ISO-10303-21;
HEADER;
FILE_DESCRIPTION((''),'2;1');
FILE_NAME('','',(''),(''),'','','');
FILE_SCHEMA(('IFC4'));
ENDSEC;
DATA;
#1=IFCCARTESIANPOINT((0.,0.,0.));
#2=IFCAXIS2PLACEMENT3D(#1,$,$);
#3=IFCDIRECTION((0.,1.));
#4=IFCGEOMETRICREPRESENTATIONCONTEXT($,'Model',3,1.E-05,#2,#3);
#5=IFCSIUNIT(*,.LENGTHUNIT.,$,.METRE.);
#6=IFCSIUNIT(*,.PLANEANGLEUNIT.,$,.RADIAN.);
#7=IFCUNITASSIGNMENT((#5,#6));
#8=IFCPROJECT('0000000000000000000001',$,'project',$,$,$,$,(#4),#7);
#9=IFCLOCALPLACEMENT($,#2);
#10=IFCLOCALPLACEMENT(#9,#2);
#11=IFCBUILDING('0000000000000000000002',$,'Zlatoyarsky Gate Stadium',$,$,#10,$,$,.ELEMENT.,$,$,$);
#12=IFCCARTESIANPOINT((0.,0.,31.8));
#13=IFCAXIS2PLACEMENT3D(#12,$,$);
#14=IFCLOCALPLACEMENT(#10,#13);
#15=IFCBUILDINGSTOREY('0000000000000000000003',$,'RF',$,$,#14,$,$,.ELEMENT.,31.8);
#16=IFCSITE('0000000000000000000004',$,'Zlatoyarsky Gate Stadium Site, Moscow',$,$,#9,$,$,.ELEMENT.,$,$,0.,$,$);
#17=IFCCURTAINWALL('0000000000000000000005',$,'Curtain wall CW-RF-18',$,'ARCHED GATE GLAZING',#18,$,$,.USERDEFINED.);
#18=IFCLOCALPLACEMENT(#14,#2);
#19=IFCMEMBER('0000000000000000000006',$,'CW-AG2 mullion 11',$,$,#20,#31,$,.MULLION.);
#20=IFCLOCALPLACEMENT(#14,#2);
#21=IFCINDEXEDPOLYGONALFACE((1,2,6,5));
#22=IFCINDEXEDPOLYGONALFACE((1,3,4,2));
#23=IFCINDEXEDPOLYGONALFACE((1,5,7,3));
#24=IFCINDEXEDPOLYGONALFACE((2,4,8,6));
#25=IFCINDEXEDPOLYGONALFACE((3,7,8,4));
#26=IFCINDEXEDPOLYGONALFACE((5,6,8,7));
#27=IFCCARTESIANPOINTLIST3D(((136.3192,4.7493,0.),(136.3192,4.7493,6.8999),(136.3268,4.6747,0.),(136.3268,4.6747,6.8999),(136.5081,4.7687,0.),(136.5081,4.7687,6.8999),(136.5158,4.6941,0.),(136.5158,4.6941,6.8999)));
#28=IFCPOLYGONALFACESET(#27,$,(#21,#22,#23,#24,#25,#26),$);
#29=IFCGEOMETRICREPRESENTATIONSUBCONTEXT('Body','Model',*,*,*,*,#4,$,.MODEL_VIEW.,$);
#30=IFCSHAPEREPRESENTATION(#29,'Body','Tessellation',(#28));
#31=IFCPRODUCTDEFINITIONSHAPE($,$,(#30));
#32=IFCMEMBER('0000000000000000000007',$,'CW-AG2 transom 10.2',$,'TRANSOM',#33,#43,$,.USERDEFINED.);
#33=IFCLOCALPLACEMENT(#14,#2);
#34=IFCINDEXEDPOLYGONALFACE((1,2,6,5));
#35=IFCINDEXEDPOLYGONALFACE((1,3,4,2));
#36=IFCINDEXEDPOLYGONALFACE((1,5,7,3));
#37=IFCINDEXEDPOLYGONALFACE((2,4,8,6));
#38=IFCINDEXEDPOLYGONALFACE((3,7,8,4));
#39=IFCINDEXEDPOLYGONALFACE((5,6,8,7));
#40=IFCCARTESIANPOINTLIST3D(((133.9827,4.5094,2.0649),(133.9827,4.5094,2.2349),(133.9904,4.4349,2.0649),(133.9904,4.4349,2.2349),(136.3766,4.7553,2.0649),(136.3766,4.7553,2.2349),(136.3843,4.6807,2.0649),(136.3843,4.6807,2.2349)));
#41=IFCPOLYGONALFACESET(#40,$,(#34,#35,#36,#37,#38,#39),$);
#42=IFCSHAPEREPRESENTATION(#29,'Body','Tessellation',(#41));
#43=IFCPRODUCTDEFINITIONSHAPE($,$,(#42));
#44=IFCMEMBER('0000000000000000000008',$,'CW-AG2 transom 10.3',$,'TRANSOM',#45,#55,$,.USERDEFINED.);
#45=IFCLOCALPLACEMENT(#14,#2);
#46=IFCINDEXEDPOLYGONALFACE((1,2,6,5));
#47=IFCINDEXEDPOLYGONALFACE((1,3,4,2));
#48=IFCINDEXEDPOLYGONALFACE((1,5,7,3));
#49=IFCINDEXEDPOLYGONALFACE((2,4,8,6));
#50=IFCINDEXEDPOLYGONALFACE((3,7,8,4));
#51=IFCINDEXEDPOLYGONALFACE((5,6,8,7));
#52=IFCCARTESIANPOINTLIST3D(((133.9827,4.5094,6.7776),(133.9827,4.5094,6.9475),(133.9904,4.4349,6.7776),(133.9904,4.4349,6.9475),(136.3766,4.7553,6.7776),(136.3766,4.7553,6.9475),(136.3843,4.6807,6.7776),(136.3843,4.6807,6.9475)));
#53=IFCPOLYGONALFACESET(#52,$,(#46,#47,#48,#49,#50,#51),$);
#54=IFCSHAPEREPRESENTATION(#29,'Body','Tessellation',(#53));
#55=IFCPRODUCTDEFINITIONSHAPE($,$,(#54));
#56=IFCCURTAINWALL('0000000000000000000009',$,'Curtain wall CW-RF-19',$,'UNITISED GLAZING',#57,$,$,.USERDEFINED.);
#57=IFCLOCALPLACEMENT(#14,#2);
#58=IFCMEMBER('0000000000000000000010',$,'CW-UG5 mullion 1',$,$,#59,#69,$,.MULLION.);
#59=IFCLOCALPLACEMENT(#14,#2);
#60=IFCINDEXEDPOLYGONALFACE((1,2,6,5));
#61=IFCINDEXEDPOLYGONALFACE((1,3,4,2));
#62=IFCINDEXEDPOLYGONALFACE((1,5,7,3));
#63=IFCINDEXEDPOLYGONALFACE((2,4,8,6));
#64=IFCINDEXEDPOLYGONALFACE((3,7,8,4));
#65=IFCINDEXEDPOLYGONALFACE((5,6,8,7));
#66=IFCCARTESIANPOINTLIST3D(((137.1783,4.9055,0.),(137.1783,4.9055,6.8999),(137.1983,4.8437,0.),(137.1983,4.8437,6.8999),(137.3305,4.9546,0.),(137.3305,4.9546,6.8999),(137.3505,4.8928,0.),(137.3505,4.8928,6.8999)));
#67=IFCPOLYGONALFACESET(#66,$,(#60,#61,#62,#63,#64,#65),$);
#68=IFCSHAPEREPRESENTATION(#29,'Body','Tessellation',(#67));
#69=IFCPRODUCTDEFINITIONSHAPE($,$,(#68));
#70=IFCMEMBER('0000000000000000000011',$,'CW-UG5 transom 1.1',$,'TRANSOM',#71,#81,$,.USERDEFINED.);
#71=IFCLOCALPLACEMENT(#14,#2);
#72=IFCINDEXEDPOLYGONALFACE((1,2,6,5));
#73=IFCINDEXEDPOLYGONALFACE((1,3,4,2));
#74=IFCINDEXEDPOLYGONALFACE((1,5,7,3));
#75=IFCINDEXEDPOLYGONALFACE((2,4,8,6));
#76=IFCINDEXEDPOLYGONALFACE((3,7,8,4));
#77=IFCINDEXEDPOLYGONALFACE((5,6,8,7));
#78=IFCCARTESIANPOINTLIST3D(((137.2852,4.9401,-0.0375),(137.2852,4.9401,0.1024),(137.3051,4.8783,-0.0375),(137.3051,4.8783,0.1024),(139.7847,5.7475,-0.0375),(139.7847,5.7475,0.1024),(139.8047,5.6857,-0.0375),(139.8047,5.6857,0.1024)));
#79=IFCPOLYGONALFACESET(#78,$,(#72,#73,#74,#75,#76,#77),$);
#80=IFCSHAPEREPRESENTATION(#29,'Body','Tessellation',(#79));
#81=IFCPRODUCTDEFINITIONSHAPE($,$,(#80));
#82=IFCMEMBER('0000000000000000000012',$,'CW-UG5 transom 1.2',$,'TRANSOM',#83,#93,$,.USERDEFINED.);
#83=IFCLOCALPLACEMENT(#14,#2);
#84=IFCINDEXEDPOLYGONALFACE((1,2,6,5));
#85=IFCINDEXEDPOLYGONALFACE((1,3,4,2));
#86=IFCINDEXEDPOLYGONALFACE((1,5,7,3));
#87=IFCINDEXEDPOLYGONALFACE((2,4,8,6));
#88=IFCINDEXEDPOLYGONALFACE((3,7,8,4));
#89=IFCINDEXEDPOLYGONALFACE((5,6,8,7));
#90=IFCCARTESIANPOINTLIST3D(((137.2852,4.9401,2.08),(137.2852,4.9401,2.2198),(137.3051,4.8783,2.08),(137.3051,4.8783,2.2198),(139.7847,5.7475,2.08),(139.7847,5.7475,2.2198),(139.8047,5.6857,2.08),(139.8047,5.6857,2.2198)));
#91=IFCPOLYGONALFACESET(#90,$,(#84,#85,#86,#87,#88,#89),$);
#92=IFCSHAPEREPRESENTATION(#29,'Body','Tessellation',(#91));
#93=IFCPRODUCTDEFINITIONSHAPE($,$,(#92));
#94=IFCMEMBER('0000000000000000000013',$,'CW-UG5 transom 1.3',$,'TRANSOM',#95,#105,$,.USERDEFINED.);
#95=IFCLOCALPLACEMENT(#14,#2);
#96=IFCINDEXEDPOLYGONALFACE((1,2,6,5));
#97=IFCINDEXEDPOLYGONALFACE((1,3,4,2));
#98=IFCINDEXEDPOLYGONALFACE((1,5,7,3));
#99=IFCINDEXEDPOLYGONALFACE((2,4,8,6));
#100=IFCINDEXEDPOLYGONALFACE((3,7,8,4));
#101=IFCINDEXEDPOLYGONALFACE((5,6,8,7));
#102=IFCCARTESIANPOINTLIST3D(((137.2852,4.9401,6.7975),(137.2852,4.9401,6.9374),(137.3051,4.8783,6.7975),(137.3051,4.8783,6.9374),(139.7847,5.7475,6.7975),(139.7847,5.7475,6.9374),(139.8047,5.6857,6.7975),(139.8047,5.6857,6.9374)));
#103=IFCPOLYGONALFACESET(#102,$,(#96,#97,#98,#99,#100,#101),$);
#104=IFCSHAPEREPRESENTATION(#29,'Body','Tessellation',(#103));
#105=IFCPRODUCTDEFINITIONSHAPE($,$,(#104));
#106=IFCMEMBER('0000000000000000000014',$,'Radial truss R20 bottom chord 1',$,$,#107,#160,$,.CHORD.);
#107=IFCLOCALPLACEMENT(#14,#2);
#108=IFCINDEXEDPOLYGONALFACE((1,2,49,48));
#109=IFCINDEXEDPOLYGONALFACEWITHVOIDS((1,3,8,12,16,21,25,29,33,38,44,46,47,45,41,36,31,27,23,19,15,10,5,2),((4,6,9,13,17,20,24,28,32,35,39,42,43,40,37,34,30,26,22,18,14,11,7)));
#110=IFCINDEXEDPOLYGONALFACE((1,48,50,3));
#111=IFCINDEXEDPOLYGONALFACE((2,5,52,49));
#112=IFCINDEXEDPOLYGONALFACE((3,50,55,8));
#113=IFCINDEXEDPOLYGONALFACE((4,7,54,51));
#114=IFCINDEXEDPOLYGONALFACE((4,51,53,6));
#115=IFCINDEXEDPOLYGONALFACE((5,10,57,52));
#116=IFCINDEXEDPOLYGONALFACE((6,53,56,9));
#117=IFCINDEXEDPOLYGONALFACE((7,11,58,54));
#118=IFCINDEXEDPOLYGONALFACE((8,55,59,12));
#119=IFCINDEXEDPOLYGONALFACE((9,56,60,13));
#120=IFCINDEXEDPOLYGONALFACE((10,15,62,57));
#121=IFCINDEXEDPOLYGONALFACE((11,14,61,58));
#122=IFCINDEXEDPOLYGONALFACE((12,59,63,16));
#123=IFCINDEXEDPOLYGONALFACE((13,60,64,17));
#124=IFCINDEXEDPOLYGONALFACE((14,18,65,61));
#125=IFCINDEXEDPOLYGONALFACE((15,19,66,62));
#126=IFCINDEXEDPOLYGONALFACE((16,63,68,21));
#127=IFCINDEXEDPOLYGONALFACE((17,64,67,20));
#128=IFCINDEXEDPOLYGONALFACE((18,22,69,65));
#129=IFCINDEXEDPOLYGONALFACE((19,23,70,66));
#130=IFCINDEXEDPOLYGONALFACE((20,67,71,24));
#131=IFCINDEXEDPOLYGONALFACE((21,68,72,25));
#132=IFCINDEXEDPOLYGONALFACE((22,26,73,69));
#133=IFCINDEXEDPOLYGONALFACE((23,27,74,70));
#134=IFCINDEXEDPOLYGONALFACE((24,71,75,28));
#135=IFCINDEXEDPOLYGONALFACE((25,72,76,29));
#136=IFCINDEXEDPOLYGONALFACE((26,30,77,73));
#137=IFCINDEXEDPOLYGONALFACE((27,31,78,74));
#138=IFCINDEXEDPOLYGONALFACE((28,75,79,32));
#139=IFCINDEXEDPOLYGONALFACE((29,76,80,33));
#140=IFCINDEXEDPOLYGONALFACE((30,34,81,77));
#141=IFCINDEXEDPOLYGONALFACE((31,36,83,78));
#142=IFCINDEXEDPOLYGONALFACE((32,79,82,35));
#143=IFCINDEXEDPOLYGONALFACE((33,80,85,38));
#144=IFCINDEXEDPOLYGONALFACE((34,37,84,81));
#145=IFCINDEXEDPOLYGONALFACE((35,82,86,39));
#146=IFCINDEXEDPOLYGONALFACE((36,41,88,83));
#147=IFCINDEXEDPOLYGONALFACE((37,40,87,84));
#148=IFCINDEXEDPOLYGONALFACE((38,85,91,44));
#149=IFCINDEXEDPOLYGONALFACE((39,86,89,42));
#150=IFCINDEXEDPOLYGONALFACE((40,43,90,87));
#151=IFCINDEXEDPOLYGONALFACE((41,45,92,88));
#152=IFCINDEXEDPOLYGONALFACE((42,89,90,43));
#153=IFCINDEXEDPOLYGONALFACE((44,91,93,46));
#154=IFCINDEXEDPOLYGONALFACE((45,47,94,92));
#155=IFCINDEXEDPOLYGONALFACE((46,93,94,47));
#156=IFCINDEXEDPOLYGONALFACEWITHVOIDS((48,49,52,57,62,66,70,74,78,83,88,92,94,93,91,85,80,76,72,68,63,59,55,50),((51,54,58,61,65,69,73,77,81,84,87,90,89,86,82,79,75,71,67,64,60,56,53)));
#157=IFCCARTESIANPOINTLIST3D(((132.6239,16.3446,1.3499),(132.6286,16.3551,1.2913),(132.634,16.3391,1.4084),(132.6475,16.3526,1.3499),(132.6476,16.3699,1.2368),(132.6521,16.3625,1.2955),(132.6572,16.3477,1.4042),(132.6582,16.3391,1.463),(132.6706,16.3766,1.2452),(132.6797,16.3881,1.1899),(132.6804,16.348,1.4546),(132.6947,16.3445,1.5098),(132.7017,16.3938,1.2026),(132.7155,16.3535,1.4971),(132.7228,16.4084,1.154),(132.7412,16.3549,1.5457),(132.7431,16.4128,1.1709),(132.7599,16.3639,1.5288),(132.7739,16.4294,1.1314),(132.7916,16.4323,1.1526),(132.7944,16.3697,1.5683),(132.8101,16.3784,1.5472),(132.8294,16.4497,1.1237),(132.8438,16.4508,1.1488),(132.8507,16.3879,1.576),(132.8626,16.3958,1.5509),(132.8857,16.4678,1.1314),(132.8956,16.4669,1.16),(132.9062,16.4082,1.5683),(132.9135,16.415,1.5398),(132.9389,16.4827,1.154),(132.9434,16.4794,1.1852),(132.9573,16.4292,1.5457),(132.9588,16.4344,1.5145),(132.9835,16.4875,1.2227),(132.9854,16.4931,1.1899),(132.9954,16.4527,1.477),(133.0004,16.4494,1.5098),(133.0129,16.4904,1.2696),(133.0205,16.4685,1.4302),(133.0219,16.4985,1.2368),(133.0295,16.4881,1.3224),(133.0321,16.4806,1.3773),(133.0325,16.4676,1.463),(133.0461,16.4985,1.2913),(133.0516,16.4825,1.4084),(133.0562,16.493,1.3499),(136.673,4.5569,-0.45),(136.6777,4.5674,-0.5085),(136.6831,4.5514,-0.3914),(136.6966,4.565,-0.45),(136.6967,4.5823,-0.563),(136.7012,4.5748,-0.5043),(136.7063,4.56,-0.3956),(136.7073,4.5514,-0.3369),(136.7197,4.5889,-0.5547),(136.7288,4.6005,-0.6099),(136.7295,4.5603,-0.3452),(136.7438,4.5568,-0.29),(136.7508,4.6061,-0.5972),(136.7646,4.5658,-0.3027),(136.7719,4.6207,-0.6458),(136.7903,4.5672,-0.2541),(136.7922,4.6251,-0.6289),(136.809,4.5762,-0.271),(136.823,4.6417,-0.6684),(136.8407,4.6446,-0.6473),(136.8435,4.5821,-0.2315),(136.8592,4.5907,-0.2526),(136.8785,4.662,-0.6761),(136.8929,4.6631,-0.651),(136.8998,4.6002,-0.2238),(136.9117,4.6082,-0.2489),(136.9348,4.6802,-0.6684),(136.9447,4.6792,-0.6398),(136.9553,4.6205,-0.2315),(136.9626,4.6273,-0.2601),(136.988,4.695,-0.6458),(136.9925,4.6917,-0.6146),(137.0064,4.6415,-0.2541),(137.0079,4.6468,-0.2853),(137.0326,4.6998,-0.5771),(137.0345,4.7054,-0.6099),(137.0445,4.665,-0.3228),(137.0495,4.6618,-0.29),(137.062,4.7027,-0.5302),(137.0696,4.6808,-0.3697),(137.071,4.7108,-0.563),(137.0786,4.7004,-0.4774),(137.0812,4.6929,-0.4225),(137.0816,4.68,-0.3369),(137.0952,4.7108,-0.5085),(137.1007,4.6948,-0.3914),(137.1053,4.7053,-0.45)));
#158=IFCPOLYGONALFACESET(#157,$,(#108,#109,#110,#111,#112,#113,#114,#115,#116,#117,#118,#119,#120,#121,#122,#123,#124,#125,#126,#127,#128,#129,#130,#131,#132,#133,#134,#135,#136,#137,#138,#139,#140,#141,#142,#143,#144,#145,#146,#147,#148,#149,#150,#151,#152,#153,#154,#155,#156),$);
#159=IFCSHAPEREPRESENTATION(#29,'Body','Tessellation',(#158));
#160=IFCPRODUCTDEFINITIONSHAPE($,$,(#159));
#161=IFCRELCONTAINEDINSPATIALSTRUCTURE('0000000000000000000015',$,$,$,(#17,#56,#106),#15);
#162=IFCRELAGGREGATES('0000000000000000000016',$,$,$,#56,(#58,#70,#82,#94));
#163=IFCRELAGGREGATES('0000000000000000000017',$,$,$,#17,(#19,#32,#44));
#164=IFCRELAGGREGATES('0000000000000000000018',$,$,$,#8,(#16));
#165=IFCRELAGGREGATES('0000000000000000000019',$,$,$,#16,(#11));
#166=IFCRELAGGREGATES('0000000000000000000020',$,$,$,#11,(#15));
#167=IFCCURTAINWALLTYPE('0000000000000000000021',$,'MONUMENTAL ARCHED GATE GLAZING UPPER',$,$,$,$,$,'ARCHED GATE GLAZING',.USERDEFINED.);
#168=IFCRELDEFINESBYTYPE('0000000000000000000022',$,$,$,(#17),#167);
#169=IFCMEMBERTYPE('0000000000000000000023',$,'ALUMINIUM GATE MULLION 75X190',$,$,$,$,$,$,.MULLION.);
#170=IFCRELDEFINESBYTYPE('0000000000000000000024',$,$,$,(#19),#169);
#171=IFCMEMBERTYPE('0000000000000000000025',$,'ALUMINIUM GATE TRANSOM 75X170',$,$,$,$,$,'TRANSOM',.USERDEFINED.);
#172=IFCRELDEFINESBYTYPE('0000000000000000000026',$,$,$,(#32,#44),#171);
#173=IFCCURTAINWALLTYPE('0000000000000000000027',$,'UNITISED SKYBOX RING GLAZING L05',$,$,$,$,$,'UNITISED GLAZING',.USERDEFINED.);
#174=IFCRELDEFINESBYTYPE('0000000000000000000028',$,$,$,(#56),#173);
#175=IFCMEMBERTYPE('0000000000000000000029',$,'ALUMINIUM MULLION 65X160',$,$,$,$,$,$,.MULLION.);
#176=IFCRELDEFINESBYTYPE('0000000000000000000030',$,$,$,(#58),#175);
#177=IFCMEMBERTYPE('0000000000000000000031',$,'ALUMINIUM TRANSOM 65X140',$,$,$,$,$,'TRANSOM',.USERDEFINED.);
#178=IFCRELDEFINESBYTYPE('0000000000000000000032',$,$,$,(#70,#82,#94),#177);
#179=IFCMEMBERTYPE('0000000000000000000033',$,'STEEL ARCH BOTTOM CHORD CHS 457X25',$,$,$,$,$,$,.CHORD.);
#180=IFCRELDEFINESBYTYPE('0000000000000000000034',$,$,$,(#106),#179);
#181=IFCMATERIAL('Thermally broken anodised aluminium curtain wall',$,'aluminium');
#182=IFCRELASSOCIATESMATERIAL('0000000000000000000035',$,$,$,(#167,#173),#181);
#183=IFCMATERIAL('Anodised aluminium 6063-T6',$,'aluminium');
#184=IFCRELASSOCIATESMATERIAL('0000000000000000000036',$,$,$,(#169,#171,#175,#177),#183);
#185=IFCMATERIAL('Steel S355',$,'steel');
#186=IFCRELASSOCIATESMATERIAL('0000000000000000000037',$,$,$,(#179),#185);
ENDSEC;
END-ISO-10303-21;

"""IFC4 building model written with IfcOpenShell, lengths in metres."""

from ifc_helpers import new_model, si_unit, direction, frame, origin, origin_2d, place, context, subcontext, project, spatial, rectangle, hollow_circle, extrude, material, material_profile, profile_set, type_object, element, aggregate, save


model = new_model("IFC4")

# Units and contexts
model_context = context("Model", 3, precision=1e-05, world=origin(), true_north=direction((0.0, 1.0)))
body_context = subcontext(model_context, "Body", "Model", "MODEL_VIEW")
ifc_project = project(units=[si_unit("LENGTHUNIT", "METRE"), si_unit("PLANEANGLEUNIT", "RADIAN")], contexts=[model_context])

# Site, building, storey
site_placement = place(None, origin())
site = spatial("IfcSite", under=ifc_project, at=site_placement, Name="Zlatoyarsky Gate Stadium Site, Moscow", CompositionType="ELEMENT", RefElevation=0.0)
building_placement = place(site_placement, origin())
building = spatial("IfcBuilding", under=site, at=building_placement, Name="Zlatoyarsky Gate Stadium", CompositionType="ELEMENT")
storey_placement = place(building_placement, frame((0.0, 0.0, 31.8)))
storey = spatial("IfcBuildingStorey", under=building, at=storey_placement, Name="RF", CompositionType="ELEMENT", Elevation=31.8)

# Curtain walls, members
ifc_material_1 = material(Name="Thermally broken anodised aluminium curtain wall", Category="aluminium")
curtain_wall_type_1 = type_object("IfcCurtainWallType", Name="MONUMENTAL ARCHED GATE GLAZING UPPER", ElementType="ARCHED GATE GLAZING", PredefinedType="USERDEFINED", material=ifc_material_1)
curtain_wall_1_placement = place(storey_placement, origin())
curtain_wall_1 = element("IfcCurtainWall", 1, at=curtain_wall_1_placement, inside=storey, type_object=curtain_wall_type_1, Name="Curtain wall CW-RF-18", ObjectType="ARCHED GATE GLAZING", PredefinedType="USERDEFINED")
ifc_material_2 = material(Name="Anodised aluminium 6063-T6", Category="aluminium")
ifc_material_profile_1 = material_profile(ifc_material_2, rectangle(XDim=0.075, YDim=0.1899, at=origin_2d()), Name="ALU 75X190")
ifc_profile_set_1 = profile_set([ifc_material_profile_1], Name="Anodised aluminium 6063-T6")
member_type_1 = type_object("IfcMemberType", Name="ALUMINIUM GATE MULLION 75X190", PredefinedType="MULLION", material=ifc_profile_set_1)
member_1_placement = place(storey_placement, frame((136.4175, 4.7217, 0.0), z_axis=(0.0, 0.0, 1.0), x_axis=(-0.102125, 0.994772, 0.0)))
member_1 = element("IfcMember", 2, at=member_1_placement, type_object=member_type_1, Name="CW-AG2 mullion 11", PredefinedType="MULLION", context=body_context, shape_type="SweptSolid", body=[
    extrude(rectangle(XDim=0.075, YDim=0.1899, at=origin_2d()), origin(), (0.0, 0.0, 1.0), 6.8999),
])
ifc_material_profile_2 = material_profile(ifc_material_2, rectangle(XDim=0.075, YDim=0.1699, at=origin_2d()), Name="ALU 75X170")
ifc_profile_set_2 = profile_set([ifc_material_profile_2], Name="Anodised aluminium 6063-T6")
member_type_2 = type_object("IfcMemberType", Name="ALUMINIUM GATE TRANSOM 75X170", ElementType="TRANSOM", PredefinedType="USERDEFINED", material=ifc_profile_set_2)
member_2_placement = place(storey_placement, frame((133.9866, 4.4722, 2.1499), z_axis=(0.994767, 0.102165, 0.0), x_axis=(-0.102165, 0.994767, 0.0)))
member_2 = element("IfcMember", 3, at=member_2_placement, type_object=member_type_2, Name="CW-AG2 transom 10.2", ObjectType="TRANSOM", PredefinedType="USERDEFINED", context=body_context, shape_type="SweptSolid", body=[
    extrude(rectangle(XDim=0.075, YDim=0.1699, at=origin_2d()), origin(), (0.0, 0.0, 1.0), 2.4065),
])
member_3_placement = place(storey_placement, frame((133.9866, 4.4722, 6.8625), z_axis=(0.994767, 0.102165, 0.0), x_axis=(-0.102165, 0.994767, 0.0)))
member_3 = element("IfcMember", 4, at=member_3_placement, type_object=member_type_2, Name="CW-AG2 transom 10.3", ObjectType="TRANSOM", PredefinedType="USERDEFINED", context=body_context, shape_type="SweptSolid", body=[
    extrude(rectangle(XDim=0.075, YDim=0.1699, at=origin_2d()), origin(), (0.0, 0.0, 1.0), 2.4065),
])
curtain_wall_type_2 = type_object("IfcCurtainWallType", Name="UNITISED SKYBOX RING GLAZING L05", ElementType="UNITISED GLAZING", PredefinedType="USERDEFINED", material=ifc_material_1)
curtain_wall_2_placement = place(storey_placement, origin())
curtain_wall_2 = element("IfcCurtainWall", 5, at=curtain_wall_2_placement, inside=storey, type_object=curtain_wall_type_2, Name="Curtain wall CW-RF-19", ObjectType="UNITISED GLAZING", PredefinedType="USERDEFINED")
ifc_material_profile_3 = material_profile(ifc_material_2, rectangle(XDim=0.0649, YDim=0.1599, at=origin_2d()), Name="ALU 65X160")
ifc_profile_set_3 = profile_set([ifc_material_profile_3], Name="Anodised aluminium 6063-T6")
member_type_3 = type_object("IfcMemberType", Name="ALUMINIUM MULLION 65X160", PredefinedType="MULLION", material=ifc_profile_set_3)
member_4_placement = place(storey_placement, frame((137.2644, 4.8992, 0.0), z_axis=(0.0, 0.0, 1.0), x_axis=(-0.307352, 0.951596, 0.0)))
member_4 = element("IfcMember", 6, at=member_4_placement, type_object=member_type_3, Name="CW-UG5 mullion 1", PredefinedType="MULLION", context=body_context, shape_type="SweptSolid", body=[
    extrude(rectangle(XDim=0.0649, YDim=0.1599, at=origin_2d()), origin(), (0.0, 0.0, 1.0), 6.8999),
])
ifc_material_profile_4 = material_profile(ifc_material_2, rectangle(XDim=0.0649, YDim=0.1399, at=origin_2d()), Name="ALU 65X140")
ifc_profile_set_4 = profile_set([ifc_material_profile_4], Name="Anodised aluminium 6063-T6")
member_type_4 = type_object("IfcMemberType", Name="ALUMINIUM TRANSOM 65X140", ElementType="TRANSOM", PredefinedType="USERDEFINED", material=ifc_profile_set_4)
member_5_placement = place(storey_placement, frame((137.2952, 4.9092, 0.0325), z_axis=(0.951589, 0.307375, 0.0), x_axis=(-0.307375, 0.951589, 0.0)))
member_5 = element("IfcMember", 7, at=member_5_placement, type_object=member_type_4, Name="CW-UG5 transom 1.1", ObjectType="TRANSOM", PredefinedType="USERDEFINED", context=body_context, shape_type="SweptSolid", body=[
    extrude(rectangle(XDim=0.0649, YDim=0.1399, at=origin_2d()), origin(), (0.0, 0.0, 1.0), 2.6267),
])
member_6_placement = place(storey_placement, frame((137.2952, 4.9092, 2.1499), z_axis=(0.951589, 0.307375, 0.0), x_axis=(-0.307375, 0.951589, 0.0)))
member_6 = element("IfcMember", 8, at=member_6_placement, type_object=member_type_4, Name="CW-UG5 transom 1.2", ObjectType="TRANSOM", PredefinedType="USERDEFINED", context=body_context, shape_type="SweptSolid", body=[
    extrude(rectangle(XDim=0.0649, YDim=0.1399, at=origin_2d()), origin(), (0.0, 0.0, 1.0), 2.6267),
])
member_7_placement = place(storey_placement, frame((137.2952, 4.9092, 6.8674), z_axis=(0.951589, 0.307375, 0.0), x_axis=(-0.307375, 0.951589, 0.0)))
member_7 = element("IfcMember", 9, at=member_7_placement, type_object=member_type_4, Name="CW-UG5 transom 1.3", ObjectType="TRANSOM", PredefinedType="USERDEFINED", context=body_context, shape_type="SweptSolid", body=[
    extrude(rectangle(XDim=0.0649, YDim=0.1399, at=origin_2d()), origin(), (0.0, 0.0, 1.0), 2.6267),
])
aggregate(curtain_wall_2, [member_4, member_5, member_6, member_7])

# Member
ifc_material_3 = material(Name="Steel S355", Category="steel")
ifc_material_profile_5 = material_profile(ifc_material_3, hollow_circle(Radius=0.2285, WallThickness=0.0249, at=origin_2d()), Name="CHS 457X25")
ifc_profile_set_5 = profile_set([ifc_material_profile_5], Name="Steel S355")
member_type_5 = type_object("IfcMemberType", Name="STEEL ARCH BOTTOM CHORD CHS 457X25", PredefinedType="CHORD", material=ifc_profile_set_5)
member_8_placement = place(storey_placement, frame((136.8892, 4.6311, -0.45), z_axis=(-0.321536, 0.936049, 0.142922), x_axis=(-0.945758, -0.324871, 0.0)))
element("IfcMember", 10, at=member_8_placement, inside=storey, type_object=member_type_5, Name="Radial truss R20 bottom chord 1", PredefinedType="CHORD", context=body_context, shape_type="SweptSolid", body=[
    extrude(hollow_circle(Radius=0.2285, WallThickness=0.0249, at=origin_2d()), origin(), (0.0, 0.0, 1.0), 12.593),
])

aggregate(curtain_wall_1, [member_1, member_2, member_3])

save(model, "model.ifc")
